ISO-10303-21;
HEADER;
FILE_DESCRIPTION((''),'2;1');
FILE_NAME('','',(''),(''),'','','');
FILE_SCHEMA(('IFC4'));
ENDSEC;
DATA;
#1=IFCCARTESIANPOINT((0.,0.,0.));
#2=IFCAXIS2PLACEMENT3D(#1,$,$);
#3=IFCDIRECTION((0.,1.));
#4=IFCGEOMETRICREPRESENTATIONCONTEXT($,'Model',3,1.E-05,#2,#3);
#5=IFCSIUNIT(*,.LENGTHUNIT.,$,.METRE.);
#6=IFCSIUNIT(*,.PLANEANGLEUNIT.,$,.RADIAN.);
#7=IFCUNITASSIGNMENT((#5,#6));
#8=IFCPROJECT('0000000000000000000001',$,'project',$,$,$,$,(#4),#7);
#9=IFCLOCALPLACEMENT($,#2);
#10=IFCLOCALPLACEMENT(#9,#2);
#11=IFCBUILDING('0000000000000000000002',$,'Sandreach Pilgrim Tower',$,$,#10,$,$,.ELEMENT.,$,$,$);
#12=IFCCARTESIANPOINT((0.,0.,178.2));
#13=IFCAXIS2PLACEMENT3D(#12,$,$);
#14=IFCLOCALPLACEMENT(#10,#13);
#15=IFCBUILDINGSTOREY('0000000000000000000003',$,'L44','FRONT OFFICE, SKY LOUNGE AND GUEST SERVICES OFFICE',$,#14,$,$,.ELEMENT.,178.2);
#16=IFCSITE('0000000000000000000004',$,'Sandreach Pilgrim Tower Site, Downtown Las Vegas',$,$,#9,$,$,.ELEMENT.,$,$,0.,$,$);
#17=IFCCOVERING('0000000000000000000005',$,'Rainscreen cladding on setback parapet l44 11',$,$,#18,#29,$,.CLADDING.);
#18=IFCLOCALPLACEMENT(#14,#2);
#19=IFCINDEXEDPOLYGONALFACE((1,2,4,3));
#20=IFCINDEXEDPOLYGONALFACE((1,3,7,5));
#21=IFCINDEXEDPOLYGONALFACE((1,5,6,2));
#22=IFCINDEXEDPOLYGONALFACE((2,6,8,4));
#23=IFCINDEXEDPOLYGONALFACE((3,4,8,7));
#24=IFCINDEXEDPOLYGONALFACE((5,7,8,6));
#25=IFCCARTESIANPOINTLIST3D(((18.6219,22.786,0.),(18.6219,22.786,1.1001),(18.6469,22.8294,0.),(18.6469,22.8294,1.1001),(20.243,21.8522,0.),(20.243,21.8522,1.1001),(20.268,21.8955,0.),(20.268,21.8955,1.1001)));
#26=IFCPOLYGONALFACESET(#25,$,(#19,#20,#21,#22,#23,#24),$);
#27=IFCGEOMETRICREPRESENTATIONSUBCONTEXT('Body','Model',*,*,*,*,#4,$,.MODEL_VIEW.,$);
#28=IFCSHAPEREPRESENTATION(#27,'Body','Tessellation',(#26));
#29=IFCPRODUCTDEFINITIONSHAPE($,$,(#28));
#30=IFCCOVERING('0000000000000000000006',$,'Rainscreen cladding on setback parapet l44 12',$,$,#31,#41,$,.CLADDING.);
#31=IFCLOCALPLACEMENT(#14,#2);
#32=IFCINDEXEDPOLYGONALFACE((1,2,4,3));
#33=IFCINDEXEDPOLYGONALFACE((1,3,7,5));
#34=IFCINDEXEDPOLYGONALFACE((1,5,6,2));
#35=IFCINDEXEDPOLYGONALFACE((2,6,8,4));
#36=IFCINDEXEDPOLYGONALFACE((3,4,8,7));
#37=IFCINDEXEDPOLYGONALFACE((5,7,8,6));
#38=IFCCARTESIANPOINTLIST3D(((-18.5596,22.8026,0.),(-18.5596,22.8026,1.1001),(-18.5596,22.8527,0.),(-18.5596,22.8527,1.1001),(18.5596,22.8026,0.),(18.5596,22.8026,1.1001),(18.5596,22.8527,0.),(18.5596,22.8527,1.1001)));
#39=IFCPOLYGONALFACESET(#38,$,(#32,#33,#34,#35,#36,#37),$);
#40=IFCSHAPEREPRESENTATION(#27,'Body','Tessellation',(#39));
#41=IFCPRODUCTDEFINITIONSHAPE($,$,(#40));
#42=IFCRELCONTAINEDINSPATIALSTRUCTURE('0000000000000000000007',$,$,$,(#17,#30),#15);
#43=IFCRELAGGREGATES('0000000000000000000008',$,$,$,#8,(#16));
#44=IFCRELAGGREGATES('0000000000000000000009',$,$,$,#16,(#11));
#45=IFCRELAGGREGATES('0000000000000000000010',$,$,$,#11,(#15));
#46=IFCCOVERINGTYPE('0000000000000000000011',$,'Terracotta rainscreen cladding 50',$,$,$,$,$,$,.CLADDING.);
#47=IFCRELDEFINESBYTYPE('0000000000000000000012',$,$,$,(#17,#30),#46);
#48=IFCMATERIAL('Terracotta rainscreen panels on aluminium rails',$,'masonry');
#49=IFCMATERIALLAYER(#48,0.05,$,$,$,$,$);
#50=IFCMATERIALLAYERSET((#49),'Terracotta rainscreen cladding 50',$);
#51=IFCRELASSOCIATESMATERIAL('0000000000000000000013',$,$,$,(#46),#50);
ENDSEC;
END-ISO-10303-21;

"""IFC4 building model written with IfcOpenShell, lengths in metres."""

from ifc_helpers import new_model, si_unit, direction, frame, frame_2d, origin, place, context, subcontext, project, spatial, rectangle, extrude, material, layer, layer_set, type_object, element, save


model = new_model("IFC4")

# Units and contexts
model_context = context("Model", 3, precision=1e-05, world=origin(), true_north=direction((0.0, 1.0)))
body_context = subcontext(model_context, "Body", "Model", "MODEL_VIEW")
ifc_project = project(units=[si_unit("LENGTHUNIT", "METRE"), si_unit("PLANEANGLEUNIT", "RADIAN")], contexts=[model_context])

# Site, building, storey
site_placement = place(None, origin())
site = spatial("IfcSite", under=ifc_project, at=site_placement, Name="Sandreach Pilgrim Tower Site, Downtown Las Vegas", CompositionType="ELEMENT", RefElevation=0.0)
building_placement = place(site_placement, origin())
building = spatial("IfcBuilding", under=site, at=building_placement, Name="Sandreach Pilgrim Tower", CompositionType="ELEMENT")
storey_placement = place(building_placement, frame((0.0, 0.0, 178.2)))
storey = spatial("IfcBuildingStorey", under=building, at=storey_placement, Name="L44", Description="FRONT OFFICE, SKY LOUNGE AND GUEST SERVICES OFFICE", CompositionType="ELEMENT", Elevation=178.2)

# Coverings
ifc_material_1 = material(Name="Terracotta rainscreen panels on aluminium rails", Category="masonry")
ifc_layer_1 = layer(ifc_material_1, 0.05)
ifc_layer_set_1 = layer_set([ifc_layer_1], Name="Terracotta rainscreen cladding 50")
covering_type = type_object("IfcCoveringType", Name="Terracotta rainscreen cladding 50", PredefinedType="CLADDING", material=ifc_layer_set_1)
covering_1_placement = place(storey_placement, frame((20.2556, 21.8738, 0.0), z_axis=(0.0, 0.0, 1.0), x_axis=(-0.866511, 0.499157, 0.0)))
element("IfcCovering", 1, at=covering_1_placement, inside=storey, type_object=covering_type, Name="Rainscreen cladding on setback parapet l44 11", PredefinedType="CLADDING", context=body_context, shape_type="SweptSolid", body=[
    extrude(rectangle(XDim=1.8708, YDim=0.05, at=frame_2d((0.9355, 0.0))), origin(), (0.0, 0.0, 1.0), 1.1001),
])
covering_2_placement = place(storey_placement, frame((18.5596, 22.8276, 0.0), z_axis=(0.0, 0.0, 1.0), x_axis=(-1.0, 0.0, 0.0)))
element("IfcCovering", 2, at=covering_2_placement, inside=storey, type_object=covering_type, Name="Rainscreen cladding on setback parapet l44 12", PredefinedType="CLADDING", context=body_context, shape_type="SweptSolid", body=[
    extrude(rectangle(XDim=37.1191, YDim=0.05, at=frame_2d((18.5596, 0.0))), origin(), (0.0, 0.0, 1.0), 1.1001),
])

save(model, "model.ifc")
